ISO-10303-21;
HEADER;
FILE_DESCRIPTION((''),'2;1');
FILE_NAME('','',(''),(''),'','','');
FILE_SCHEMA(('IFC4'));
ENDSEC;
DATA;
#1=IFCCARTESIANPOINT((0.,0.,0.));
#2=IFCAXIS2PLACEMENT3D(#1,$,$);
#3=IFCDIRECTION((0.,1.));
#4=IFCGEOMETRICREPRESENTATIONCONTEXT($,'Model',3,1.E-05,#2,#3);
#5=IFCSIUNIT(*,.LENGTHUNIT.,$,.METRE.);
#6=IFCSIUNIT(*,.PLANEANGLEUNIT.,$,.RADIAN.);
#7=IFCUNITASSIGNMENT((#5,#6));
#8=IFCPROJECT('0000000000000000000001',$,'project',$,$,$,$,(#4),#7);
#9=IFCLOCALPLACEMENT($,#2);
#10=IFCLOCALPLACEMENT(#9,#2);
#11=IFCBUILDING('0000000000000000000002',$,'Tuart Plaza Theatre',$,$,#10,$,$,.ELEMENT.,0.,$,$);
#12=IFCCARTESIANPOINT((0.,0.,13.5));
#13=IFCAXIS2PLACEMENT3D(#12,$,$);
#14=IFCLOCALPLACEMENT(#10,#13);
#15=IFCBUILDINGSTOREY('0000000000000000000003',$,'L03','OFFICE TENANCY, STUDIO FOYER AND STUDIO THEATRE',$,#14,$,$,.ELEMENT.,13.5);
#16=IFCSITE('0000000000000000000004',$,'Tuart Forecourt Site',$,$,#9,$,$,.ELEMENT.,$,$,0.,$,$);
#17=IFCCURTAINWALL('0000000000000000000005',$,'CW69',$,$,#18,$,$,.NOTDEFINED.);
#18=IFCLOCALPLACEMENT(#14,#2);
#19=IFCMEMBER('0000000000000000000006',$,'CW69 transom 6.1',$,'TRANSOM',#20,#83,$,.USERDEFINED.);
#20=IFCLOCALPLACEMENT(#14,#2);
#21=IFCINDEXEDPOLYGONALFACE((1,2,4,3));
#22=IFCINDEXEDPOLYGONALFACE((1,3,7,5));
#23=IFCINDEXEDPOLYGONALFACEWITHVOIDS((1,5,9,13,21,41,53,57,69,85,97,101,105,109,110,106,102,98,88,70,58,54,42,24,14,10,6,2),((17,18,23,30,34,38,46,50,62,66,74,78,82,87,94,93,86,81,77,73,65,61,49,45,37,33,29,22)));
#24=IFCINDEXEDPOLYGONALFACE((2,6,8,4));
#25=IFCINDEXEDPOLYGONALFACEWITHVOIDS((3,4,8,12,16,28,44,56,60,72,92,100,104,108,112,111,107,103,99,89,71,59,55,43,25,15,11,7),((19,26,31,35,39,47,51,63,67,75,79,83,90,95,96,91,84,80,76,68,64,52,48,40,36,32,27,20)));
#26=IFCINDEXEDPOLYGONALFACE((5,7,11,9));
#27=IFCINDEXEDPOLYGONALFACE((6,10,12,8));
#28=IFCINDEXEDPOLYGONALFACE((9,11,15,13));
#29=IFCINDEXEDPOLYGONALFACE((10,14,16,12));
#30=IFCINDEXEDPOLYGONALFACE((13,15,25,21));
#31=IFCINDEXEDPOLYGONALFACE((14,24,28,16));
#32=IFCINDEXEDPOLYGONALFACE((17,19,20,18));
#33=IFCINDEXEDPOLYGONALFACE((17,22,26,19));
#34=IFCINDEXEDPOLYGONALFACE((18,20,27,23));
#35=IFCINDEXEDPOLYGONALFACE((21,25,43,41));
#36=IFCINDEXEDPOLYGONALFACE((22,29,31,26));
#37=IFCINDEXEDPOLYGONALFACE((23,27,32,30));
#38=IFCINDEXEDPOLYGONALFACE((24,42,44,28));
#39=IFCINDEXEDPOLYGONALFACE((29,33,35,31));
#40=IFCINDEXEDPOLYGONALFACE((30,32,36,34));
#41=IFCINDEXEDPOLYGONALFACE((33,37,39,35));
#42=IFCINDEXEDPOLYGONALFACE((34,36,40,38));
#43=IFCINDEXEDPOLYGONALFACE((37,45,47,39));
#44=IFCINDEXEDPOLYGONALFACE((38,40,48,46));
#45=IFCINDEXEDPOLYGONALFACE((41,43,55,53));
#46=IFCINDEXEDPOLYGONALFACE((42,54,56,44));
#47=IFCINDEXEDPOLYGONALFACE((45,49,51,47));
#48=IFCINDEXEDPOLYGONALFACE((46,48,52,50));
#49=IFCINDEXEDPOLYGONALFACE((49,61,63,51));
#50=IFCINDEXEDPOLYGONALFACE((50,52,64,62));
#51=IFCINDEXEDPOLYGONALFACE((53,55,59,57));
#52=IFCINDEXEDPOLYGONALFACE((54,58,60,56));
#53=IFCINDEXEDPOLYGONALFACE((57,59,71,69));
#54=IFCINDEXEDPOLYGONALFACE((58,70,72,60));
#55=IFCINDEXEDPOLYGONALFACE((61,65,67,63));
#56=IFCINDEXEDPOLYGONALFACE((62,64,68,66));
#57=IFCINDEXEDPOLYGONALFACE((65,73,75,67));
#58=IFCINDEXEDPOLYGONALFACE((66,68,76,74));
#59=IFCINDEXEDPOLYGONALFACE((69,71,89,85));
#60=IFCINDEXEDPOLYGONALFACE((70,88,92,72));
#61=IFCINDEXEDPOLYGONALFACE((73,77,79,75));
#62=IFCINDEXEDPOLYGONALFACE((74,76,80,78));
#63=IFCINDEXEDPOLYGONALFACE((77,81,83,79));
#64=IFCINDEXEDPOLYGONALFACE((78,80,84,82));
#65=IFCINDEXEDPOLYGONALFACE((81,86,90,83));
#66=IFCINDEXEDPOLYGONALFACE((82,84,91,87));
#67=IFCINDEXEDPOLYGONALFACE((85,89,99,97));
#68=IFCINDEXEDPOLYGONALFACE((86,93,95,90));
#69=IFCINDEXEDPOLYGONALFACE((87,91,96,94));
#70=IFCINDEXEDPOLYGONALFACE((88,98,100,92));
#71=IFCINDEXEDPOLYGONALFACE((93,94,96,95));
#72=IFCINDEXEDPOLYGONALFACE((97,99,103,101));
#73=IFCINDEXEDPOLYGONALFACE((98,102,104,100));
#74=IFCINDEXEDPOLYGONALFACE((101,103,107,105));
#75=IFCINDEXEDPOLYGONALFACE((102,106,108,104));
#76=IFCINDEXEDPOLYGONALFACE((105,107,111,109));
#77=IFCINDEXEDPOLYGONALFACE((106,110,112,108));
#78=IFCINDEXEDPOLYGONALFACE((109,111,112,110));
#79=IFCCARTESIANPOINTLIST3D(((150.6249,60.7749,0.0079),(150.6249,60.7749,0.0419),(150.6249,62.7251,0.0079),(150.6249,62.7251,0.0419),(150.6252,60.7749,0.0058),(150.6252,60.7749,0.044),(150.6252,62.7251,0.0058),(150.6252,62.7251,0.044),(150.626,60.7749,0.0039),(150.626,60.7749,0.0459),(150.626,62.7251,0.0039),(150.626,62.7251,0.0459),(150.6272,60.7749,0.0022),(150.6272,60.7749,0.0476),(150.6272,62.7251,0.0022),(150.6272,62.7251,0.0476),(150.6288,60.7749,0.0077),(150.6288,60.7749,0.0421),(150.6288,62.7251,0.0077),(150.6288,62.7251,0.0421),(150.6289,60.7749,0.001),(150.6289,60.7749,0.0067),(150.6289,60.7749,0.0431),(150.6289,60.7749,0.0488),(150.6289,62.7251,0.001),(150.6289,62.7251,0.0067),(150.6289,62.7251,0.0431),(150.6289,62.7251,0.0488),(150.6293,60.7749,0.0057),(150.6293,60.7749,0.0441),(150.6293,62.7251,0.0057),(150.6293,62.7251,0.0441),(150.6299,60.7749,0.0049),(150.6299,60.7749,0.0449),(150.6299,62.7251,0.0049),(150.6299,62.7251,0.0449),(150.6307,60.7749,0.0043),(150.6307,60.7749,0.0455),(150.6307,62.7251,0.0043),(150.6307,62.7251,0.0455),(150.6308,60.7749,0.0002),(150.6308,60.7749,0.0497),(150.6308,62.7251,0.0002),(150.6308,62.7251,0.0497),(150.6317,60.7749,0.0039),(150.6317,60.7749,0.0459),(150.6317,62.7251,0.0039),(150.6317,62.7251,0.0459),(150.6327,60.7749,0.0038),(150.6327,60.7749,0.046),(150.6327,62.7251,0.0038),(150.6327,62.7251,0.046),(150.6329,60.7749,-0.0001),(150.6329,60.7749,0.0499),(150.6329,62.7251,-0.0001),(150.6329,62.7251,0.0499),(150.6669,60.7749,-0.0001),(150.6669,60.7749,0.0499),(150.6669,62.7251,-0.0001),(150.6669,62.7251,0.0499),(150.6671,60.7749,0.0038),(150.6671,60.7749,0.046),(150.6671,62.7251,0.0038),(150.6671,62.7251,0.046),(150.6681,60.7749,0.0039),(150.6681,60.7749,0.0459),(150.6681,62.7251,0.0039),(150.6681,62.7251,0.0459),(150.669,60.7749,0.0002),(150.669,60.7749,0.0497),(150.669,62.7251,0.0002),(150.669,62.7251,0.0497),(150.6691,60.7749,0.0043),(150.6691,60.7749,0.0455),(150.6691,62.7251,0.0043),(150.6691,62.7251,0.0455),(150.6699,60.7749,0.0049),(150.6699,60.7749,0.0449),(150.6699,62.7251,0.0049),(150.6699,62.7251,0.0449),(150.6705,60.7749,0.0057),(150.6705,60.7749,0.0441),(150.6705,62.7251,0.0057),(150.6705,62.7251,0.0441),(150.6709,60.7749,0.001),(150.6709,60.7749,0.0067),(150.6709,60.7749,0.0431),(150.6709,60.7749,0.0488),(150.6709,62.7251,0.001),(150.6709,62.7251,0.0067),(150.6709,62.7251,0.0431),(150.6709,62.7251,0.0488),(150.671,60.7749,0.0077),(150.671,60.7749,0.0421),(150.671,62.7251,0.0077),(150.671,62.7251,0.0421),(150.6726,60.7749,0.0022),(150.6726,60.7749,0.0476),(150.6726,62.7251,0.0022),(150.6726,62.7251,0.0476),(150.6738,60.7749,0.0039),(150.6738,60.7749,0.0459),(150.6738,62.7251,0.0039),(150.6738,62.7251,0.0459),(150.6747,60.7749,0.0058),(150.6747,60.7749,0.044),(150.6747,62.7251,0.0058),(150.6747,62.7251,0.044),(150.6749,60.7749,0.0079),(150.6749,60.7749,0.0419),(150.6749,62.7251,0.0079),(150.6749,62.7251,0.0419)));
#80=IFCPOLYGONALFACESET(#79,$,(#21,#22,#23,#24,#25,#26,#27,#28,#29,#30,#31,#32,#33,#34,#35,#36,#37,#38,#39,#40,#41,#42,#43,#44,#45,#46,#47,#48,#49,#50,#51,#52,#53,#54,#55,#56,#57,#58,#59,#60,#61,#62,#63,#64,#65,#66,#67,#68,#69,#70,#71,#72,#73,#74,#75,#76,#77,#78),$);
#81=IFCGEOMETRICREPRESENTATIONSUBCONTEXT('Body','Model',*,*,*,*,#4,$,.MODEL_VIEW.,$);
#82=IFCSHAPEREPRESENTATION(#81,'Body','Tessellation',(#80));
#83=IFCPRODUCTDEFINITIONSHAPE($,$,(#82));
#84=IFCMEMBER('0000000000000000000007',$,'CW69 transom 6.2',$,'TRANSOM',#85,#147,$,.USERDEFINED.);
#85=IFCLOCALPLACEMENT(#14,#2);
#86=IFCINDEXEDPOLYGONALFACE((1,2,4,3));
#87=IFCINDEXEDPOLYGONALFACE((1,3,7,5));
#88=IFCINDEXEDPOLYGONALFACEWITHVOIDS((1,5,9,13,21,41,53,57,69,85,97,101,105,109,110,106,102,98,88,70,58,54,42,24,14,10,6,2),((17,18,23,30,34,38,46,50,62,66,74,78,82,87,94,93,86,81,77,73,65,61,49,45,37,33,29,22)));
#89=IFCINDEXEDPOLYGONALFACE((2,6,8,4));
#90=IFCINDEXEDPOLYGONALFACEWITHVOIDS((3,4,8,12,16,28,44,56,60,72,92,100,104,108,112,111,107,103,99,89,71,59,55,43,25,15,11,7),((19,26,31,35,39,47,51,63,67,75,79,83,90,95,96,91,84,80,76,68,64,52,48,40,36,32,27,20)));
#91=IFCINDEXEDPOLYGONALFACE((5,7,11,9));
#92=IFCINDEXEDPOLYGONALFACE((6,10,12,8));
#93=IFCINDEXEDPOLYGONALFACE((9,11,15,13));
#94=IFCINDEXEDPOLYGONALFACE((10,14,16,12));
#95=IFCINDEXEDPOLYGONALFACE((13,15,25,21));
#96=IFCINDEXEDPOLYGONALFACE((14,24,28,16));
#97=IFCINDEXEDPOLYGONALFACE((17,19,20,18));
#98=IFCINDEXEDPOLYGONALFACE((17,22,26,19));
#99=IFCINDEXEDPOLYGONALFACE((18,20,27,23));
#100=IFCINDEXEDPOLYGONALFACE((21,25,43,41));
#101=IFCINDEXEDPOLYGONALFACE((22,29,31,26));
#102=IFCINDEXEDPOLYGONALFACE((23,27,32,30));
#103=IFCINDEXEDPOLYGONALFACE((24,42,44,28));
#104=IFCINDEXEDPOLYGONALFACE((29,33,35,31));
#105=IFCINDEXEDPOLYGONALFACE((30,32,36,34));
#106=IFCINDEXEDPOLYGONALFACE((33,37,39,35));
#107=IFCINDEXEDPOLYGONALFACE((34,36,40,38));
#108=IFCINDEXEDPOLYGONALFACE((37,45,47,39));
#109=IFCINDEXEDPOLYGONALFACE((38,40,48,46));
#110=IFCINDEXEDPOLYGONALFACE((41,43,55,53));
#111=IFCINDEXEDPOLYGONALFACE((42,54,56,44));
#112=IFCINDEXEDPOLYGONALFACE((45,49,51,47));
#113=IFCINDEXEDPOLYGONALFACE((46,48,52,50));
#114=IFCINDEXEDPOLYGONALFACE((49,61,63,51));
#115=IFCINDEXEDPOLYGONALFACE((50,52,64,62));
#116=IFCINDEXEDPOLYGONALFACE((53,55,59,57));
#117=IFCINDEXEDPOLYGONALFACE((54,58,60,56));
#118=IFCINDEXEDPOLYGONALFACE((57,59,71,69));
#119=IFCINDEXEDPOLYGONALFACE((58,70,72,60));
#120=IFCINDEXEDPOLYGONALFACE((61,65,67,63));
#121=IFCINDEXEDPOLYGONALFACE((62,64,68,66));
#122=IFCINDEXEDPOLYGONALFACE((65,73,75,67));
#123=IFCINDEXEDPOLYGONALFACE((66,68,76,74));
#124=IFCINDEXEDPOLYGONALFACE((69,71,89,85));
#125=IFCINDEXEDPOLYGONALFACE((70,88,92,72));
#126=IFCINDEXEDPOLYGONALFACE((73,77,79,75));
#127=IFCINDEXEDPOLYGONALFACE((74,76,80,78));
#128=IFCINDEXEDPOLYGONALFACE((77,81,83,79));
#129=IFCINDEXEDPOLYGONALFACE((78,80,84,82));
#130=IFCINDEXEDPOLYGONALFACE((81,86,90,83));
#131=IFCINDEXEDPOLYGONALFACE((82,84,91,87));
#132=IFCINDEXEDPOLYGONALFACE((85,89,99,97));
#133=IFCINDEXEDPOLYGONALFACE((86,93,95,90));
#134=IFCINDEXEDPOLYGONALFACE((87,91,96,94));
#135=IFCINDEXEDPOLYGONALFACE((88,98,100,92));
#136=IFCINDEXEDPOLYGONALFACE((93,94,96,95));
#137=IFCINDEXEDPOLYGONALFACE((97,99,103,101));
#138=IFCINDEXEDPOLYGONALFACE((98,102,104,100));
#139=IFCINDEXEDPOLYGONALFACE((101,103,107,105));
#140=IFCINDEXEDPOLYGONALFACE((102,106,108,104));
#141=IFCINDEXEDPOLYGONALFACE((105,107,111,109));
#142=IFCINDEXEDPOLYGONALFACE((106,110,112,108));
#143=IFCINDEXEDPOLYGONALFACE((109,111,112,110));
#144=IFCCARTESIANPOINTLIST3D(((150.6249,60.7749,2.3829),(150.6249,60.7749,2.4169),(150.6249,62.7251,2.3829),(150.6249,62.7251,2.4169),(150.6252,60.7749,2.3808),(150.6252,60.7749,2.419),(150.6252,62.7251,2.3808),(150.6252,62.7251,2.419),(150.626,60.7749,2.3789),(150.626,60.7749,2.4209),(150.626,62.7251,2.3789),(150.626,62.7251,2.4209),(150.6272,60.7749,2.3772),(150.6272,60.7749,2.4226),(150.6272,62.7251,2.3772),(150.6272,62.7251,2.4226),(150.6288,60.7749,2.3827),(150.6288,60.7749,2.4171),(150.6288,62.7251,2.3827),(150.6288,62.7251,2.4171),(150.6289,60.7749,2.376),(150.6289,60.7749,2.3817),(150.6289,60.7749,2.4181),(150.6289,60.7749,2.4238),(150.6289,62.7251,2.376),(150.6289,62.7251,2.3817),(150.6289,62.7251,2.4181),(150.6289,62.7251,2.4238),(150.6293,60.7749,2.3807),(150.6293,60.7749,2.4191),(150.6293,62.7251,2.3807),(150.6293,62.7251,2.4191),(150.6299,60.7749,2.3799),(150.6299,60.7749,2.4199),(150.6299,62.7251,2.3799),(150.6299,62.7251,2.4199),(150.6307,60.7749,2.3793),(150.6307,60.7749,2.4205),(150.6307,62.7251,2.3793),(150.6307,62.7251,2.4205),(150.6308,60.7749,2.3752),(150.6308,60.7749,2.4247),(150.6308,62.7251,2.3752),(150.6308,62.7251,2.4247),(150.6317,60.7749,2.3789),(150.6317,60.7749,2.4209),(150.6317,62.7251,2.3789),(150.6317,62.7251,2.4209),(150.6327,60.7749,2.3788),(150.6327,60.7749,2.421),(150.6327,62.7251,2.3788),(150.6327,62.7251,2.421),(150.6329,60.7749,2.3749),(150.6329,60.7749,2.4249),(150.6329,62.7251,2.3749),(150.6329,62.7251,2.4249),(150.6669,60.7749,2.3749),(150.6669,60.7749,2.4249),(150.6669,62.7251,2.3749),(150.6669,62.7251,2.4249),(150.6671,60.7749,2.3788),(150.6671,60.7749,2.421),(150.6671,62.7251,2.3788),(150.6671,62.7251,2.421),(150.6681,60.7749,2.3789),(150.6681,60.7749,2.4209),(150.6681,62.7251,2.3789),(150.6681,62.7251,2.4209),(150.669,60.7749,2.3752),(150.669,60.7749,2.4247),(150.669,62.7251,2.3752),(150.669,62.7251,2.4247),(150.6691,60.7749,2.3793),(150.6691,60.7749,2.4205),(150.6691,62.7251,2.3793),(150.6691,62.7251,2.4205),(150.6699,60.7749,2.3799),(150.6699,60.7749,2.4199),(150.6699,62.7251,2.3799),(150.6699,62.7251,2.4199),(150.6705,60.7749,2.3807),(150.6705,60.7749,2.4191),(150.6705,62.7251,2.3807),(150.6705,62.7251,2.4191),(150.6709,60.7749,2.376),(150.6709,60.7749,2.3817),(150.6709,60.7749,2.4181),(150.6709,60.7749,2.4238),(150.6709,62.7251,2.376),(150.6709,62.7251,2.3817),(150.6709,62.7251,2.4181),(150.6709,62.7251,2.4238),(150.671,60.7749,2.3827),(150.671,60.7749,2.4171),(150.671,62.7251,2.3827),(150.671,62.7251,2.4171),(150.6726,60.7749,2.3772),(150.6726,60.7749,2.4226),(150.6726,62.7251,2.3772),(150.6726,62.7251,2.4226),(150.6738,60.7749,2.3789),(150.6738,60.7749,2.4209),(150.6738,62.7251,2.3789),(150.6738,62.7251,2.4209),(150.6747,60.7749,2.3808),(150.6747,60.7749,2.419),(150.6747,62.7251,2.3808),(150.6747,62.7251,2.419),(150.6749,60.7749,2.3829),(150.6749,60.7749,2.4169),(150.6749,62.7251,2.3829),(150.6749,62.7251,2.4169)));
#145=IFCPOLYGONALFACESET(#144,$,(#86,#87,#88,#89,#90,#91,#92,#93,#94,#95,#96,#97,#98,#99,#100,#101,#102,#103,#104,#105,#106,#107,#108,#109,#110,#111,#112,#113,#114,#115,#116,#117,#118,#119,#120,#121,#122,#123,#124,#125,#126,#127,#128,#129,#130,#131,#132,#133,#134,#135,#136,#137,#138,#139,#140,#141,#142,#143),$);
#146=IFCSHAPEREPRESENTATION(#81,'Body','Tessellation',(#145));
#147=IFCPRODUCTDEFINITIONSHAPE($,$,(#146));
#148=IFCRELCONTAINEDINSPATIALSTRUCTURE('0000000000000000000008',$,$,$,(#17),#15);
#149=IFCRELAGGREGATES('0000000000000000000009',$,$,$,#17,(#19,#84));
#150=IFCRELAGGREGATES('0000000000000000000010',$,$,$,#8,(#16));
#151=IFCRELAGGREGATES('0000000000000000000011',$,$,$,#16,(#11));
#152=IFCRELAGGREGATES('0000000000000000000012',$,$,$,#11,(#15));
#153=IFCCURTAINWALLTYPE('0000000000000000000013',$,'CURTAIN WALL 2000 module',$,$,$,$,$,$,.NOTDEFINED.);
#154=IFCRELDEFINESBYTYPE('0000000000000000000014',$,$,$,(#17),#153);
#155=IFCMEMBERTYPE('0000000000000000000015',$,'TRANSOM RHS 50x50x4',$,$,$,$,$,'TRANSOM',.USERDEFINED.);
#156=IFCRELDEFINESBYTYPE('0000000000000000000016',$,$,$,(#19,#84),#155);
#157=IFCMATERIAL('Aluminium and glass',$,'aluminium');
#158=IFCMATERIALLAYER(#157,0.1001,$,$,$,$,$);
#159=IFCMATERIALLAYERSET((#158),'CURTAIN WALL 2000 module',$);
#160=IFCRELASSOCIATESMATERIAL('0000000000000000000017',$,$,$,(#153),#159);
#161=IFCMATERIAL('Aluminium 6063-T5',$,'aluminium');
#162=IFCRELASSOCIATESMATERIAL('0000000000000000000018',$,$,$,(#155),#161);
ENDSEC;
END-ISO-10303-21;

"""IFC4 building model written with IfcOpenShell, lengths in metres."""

from ifc_helpers import new_model, si_unit, direction, frame, origin, origin_2d, place, context, subcontext, project, spatial, hollow_rectangle, extrude, material, layer, layer_set, material_profile, profile_set, type_object, element, aggregate, save


model = new_model("IFC4")

# Units and contexts
model_context = context("Model", 3, precision=1e-05, world=origin(), true_north=direction((0.0, 1.0)))
body_context = subcontext(model_context, "Body", "Model", "MODEL_VIEW")
ifc_project = project(units=[si_unit("LENGTHUNIT", "METRE"), si_unit("PLANEANGLEUNIT", "RADIAN")], contexts=[model_context])

# Site, building, storey
site_placement = place(None, origin())
site = spatial("IfcSite", under=ifc_project, at=site_placement, Name="Tuart Forecourt Site", CompositionType="ELEMENT", RefElevation=0.0)
building_placement = place(site_placement, origin())
building = spatial("IfcBuilding", under=site, at=building_placement, Name="Tuart Plaza Theatre", CompositionType="ELEMENT", ElevationOfRefHeight=0.0)
storey_placement = place(building_placement, frame((0.0, 0.0, 13.5)))
storey = spatial("IfcBuildingStorey", under=building, at=storey_placement, Name="L03", Description="OFFICE TENANCY, STUDIO FOYER AND STUDIO THEATRE", CompositionType="ELEMENT", Elevation=13.5)

# Curtain wall, members
ifc_material_1 = material(Name="Aluminium and glass", Category="aluminium")
ifc_layer_1 = layer(ifc_material_1, 0.1001)
ifc_layer_set_1 = layer_set([ifc_layer_1], Name="CURTAIN WALL 2000 module")
curtain_wall_type = type_object("IfcCurtainWallType", Name="CURTAIN WALL 2000 module", PredefinedType="NOTDEFINED", material=ifc_layer_set_1)
curtain_wall_placement = place(storey_placement, origin())
curtain_wall = element("IfcCurtainWall", 1, at=curtain_wall_placement, inside=storey, type_object=curtain_wall_type, Name="CW69", PredefinedType="NOTDEFINED")
ifc_material_2 = material(Name="Aluminium 6063-T5", Category="aluminium")
ifc_material_profile_1 = material_profile(ifc_material_2, hollow_rectangle(XDim=0.05, YDim=0.05, WallThickness=0.0039, InnerFilletRadius=0.0039, OuterFilletRadius=0.0081, at=origin_2d()), Name="RHS 50x50x4")
ifc_profile_set_1 = profile_set([ifc_material_profile_1], Name="Aluminium 6063-T5")
member_type_1 = type_object("IfcMemberType", Name="TRANSOM RHS 50x50x4", ElementType="TRANSOM", PredefinedType="USERDEFINED", material=ifc_profile_set_1)
member_1_placement = place(storey_placement, frame((150.6499, 60.7749, 0.0249), z_axis=(0.0, 1.0, 0.0), x_axis=(-1.0, 0.0, 0.0)))
member_1 = element("IfcMember", 2, at=member_1_placement, type_object=member_type_1, Name="CW69 transom 6.1", ObjectType="TRANSOM", PredefinedType="USERDEFINED", context=body_context, shape_type="SweptSolid", body=[
    extrude(hollow_rectangle(XDim=0.05, YDim=0.05, WallThickness=0.0039, InnerFilletRadius=0.0039, OuterFilletRadius=0.0081, at=origin_2d()), origin(), (0.0, 0.0, 1.0), 1.9502),
])
member_2_placement = place(storey_placement, frame((150.6499, 60.7749, 2.3999), z_axis=(0.0, 1.0, 0.0), x_axis=(-1.0, 0.0, 0.0)))
member_2 = element("IfcMember", 3, at=member_2_placement, type_object=member_type_1, Name="CW69 transom 6.2", ObjectType="TRANSOM", PredefinedType="USERDEFINED", context=body_context, shape_type="SweptSolid", body=[
    extrude(hollow_rectangle(XDim=0.05, YDim=0.05, WallThickness=0.0039, InnerFilletRadius=0.0039, OuterFilletRadius=0.0081, at=origin_2d()), origin(), (0.0, 0.0, 1.0), 1.9502),
])
aggregate(curtain_wall, [member_1, member_2])

save(model, "model.ifc")
